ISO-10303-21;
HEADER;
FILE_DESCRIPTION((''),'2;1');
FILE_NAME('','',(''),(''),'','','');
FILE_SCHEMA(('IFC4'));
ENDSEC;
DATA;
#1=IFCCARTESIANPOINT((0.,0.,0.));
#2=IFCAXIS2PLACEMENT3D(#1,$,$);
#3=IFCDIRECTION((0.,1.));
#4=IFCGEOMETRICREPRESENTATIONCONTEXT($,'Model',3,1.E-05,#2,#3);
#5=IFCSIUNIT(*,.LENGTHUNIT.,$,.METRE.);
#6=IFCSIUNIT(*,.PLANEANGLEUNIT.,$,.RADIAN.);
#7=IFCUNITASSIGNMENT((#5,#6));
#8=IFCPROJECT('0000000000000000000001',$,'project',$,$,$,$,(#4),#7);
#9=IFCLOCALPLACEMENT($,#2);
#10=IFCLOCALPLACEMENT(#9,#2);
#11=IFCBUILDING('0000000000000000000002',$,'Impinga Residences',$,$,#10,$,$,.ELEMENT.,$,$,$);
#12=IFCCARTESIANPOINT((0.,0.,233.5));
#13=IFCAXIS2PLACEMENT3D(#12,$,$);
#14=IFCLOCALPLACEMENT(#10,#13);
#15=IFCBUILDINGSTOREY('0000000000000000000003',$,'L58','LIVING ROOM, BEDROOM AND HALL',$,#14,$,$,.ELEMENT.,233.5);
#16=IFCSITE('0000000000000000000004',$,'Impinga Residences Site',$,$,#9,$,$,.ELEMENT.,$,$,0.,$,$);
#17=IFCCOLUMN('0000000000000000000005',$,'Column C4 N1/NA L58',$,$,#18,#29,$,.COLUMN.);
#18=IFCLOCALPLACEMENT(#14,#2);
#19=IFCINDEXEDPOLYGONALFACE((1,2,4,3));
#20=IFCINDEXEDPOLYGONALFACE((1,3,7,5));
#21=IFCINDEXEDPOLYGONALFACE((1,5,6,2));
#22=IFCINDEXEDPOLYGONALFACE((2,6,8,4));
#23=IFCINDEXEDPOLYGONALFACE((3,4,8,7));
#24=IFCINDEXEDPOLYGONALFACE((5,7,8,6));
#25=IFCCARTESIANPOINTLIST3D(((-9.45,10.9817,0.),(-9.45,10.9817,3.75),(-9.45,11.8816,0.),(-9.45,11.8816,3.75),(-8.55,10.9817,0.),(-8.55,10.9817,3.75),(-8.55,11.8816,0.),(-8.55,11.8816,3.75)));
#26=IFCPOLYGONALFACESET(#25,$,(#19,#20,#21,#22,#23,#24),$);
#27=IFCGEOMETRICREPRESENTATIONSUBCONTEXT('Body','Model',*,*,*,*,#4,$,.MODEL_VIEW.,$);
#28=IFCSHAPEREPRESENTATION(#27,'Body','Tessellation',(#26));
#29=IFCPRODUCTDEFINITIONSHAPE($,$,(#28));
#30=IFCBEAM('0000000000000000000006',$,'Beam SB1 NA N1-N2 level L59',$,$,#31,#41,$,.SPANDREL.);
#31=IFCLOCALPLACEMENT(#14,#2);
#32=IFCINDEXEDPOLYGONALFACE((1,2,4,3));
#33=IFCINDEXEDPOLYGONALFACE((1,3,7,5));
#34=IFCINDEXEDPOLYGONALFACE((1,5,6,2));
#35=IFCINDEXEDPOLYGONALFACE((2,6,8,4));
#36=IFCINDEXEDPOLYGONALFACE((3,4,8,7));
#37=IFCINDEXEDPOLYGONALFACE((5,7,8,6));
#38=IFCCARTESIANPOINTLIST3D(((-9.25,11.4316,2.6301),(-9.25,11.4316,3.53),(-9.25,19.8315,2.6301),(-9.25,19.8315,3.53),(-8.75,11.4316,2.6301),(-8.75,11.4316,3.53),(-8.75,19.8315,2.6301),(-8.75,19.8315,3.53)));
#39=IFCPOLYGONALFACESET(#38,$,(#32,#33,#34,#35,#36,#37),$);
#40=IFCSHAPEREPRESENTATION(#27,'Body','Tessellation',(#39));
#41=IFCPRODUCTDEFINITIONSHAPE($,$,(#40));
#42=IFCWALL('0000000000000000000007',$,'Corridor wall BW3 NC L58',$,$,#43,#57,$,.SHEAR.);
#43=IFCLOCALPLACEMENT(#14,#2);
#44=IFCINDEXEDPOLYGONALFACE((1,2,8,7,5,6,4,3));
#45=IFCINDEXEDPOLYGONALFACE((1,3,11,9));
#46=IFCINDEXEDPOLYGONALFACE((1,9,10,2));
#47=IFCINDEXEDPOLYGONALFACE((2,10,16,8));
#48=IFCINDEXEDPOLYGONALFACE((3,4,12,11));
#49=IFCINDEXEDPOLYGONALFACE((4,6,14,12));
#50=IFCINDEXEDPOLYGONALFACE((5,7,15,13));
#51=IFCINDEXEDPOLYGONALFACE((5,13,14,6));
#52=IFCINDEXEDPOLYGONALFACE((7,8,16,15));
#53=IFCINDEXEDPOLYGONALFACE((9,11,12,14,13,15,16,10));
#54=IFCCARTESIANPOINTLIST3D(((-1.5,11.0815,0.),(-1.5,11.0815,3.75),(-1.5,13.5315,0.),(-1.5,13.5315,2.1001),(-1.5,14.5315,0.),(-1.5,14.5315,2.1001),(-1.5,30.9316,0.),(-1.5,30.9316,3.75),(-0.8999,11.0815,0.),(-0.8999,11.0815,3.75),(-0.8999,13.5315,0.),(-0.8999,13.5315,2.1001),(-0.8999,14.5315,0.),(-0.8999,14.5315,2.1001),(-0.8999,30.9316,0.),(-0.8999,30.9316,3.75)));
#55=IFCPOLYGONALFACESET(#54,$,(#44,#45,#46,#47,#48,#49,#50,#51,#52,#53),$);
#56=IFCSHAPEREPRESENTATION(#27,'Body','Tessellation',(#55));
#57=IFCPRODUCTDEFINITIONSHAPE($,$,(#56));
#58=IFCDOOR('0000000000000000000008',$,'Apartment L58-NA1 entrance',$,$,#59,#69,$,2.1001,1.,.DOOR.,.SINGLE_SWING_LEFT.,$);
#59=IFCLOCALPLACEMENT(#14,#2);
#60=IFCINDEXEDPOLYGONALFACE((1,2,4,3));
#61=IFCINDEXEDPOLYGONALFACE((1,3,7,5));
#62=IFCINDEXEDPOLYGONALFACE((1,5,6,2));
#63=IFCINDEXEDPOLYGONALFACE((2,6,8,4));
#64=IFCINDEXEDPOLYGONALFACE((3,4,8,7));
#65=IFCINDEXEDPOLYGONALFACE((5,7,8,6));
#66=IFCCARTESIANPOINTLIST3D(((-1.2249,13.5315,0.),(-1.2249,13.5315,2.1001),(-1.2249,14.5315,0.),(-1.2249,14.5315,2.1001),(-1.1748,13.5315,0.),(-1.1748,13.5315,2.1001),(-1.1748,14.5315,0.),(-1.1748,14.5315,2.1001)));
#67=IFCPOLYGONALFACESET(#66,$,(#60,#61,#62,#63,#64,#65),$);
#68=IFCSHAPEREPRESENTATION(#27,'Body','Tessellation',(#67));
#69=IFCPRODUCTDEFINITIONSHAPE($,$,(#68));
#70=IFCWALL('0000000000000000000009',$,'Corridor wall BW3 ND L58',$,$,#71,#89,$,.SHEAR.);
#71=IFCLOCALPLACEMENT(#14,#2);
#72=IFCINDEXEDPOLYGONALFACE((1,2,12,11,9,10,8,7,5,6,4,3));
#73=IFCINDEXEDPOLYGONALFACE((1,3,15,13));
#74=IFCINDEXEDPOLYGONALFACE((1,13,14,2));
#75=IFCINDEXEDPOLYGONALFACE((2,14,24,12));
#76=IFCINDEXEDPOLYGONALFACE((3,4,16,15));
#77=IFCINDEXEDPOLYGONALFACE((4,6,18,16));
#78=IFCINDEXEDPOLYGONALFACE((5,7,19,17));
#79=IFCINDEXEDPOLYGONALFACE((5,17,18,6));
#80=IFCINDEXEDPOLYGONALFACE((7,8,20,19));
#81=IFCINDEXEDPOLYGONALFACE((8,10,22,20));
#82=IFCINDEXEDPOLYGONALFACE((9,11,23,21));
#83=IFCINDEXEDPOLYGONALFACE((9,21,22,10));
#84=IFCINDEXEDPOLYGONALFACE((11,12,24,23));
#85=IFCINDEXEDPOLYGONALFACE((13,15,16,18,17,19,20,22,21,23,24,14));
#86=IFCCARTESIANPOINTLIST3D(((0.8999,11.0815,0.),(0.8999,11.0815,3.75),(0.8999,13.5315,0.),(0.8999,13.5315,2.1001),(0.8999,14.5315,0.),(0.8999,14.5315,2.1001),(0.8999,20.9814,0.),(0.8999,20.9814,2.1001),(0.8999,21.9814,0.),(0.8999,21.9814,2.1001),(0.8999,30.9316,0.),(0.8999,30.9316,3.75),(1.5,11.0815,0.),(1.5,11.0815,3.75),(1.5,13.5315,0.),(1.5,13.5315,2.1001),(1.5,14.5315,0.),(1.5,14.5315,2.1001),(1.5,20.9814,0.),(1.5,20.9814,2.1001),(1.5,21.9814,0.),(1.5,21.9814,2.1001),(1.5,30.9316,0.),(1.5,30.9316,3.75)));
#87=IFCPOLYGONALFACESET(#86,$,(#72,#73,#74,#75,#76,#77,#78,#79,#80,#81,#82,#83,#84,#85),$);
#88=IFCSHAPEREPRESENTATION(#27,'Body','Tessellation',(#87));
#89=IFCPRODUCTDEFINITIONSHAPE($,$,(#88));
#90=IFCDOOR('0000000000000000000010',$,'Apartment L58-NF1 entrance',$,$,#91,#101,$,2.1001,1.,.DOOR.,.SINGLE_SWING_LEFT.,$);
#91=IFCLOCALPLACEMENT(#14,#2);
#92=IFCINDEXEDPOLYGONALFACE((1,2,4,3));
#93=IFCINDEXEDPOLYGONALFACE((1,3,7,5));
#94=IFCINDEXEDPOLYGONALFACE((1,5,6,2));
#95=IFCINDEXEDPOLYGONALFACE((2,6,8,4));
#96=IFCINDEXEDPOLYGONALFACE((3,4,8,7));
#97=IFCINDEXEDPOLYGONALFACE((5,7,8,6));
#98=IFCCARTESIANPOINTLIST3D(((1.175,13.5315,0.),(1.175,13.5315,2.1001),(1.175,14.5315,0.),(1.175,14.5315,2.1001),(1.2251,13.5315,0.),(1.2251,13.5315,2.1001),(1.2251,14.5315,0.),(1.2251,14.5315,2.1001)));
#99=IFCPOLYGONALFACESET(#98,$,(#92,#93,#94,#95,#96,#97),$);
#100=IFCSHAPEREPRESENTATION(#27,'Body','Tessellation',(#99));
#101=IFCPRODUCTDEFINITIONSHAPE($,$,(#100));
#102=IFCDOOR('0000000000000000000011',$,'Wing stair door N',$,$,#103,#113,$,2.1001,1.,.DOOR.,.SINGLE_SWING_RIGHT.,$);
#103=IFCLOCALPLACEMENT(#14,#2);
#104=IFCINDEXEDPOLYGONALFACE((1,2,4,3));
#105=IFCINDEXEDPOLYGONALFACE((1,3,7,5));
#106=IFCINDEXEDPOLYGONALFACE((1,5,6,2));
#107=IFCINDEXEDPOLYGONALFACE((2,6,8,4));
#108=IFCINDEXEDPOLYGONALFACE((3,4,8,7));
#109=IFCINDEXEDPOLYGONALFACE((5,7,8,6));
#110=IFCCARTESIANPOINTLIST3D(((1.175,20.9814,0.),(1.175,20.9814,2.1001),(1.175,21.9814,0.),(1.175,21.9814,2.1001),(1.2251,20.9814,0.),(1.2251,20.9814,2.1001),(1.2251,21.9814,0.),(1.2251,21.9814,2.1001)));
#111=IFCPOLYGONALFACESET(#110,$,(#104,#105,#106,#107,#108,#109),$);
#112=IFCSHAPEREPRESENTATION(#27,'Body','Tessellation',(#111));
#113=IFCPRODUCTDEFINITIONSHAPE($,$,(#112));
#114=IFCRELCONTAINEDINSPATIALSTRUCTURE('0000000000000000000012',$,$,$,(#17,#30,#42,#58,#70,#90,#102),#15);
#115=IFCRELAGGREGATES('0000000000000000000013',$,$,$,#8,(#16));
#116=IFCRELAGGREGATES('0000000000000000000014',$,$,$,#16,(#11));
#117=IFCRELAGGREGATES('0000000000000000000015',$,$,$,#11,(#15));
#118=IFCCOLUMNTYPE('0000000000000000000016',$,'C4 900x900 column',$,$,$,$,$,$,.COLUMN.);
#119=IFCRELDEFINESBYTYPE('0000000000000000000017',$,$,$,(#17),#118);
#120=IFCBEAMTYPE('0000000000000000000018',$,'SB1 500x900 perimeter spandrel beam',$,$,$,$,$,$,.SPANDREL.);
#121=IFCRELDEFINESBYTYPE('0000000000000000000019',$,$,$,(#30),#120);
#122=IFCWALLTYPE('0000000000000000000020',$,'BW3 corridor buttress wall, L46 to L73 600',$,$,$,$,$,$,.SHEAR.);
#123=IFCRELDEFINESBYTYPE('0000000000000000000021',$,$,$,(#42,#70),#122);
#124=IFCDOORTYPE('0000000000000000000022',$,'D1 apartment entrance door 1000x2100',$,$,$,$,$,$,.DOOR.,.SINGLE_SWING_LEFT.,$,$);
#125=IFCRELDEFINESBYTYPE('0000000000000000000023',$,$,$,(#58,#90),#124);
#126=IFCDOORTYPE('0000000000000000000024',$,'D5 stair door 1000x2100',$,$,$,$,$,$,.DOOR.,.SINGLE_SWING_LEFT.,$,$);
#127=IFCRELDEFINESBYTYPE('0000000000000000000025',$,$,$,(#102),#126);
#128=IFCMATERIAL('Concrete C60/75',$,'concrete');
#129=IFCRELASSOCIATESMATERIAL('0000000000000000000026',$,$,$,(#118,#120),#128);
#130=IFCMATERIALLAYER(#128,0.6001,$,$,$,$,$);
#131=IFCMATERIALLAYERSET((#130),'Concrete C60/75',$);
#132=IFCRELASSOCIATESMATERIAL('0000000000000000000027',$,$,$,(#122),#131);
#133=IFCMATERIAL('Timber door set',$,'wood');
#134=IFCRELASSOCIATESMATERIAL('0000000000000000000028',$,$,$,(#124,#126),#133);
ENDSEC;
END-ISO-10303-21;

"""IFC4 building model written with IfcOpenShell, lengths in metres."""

from ifc_helpers import new_model, si_unit, direction, frame, frame_2d, origin, origin_2d, place, context, subcontext, project, spatial, rectangle, extrude, material, layer, layer_set, material_profile, profile_set, type_object, element, fill, save


model = new_model("IFC4")

# Units and contexts
model_context = context("Model", 3, precision=1e-05, world=origin(), true_north=direction((0.0, 1.0)))
body_context = subcontext(model_context, "Body", "Model", "MODEL_VIEW")
ifc_project = project(units=[si_unit("LENGTHUNIT", "METRE"), si_unit("PLANEANGLEUNIT", "RADIAN")], contexts=[model_context])

# Site, building, storey
site_placement = place(None, origin())
site = spatial("IfcSite", under=ifc_project, at=site_placement, Name="Impinga Residences Site", CompositionType="ELEMENT", RefElevation=0.0)
building_placement = place(site_placement, origin())
building = spatial("IfcBuilding", under=site, at=building_placement, Name="Impinga Residences", CompositionType="ELEMENT")
storey_placement = place(building_placement, frame((0.0, 0.0, 233.5)))
storey = spatial("IfcBuildingStorey", under=building, at=storey_placement, Name="L58", Description="LIVING ROOM, BEDROOM AND HALL", CompositionType="ELEMENT", Elevation=233.5)

# Column
ifc_material_1 = material(Name="Concrete C60/75", Category="concrete")
ifc_material_profile_1 = material_profile(ifc_material_1, rectangle(XDim=0.8999, YDim=0.8999, at=origin_2d()), Name="RC 900x900")
ifc_profile_set_1 = profile_set([ifc_material_profile_1], Name="Concrete C60/75")
column_type = type_object("IfcColumnType", Name="C4 900x900 column", PredefinedType="COLUMN", material=ifc_profile_set_1)
column_placement = place(storey_placement, frame((-9.0, 11.4316, 0.0), z_axis=(0.0, 0.0, 1.0), x_axis=(1.0, 0.0, 0.0)))
element("IfcColumn", 1, at=column_placement, inside=storey, type_object=column_type, Name="Column C4 N1/NA L58", PredefinedType="COLUMN", context=body_context, shape_type="SweptSolid", body=[
    extrude(rectangle(XDim=0.8999, YDim=0.8999, at=origin_2d()), origin(), (0.0, 0.0, 1.0), 3.75),
])

# Beam
ifc_material_profile_2 = material_profile(ifc_material_1, rectangle(XDim=0.5, YDim=0.8999, at=origin_2d()), Name="RC 500x900")
ifc_profile_set_2 = profile_set([ifc_material_profile_2], Name="Concrete C60/75")
beam_type = type_object("IfcBeamType", Name="SB1 500x900 perimeter spandrel beam", PredefinedType="SPANDREL", material=ifc_profile_set_2)
beam_placement = place(storey_placement, frame((-9.0, 11.4316, 3.0801), z_axis=(0.0, 1.0, 0.0), x_axis=(-1.0, 0.0, 0.0)))
element("IfcBeam", 2, at=beam_placement, inside=storey, type_object=beam_type, Name="Beam SB1 NA N1-N2 level L59", PredefinedType="SPANDREL", context=body_context, shape_type="SweptSolid", body=[
    extrude(rectangle(XDim=0.5, YDim=0.8999, at=origin_2d()), origin(), (0.0, 0.0, 1.0), 8.3999),
])

# Wall, opening, door
ifc_layer_1 = layer(ifc_material_1, 0.6001)
ifc_layer_set_1 = layer_set([ifc_layer_1], Name="Concrete C60/75")
wall_type_1 = type_object("IfcWallType", Name="BW3 corridor buttress wall, L46 to L73 600", PredefinedType="SHEAR", material=ifc_layer_set_1)
wall_1_placement = place(storey_placement, frame((-1.2, 11.0815, 0.0), z_axis=(0.0, 0.0, 1.0), x_axis=(0.0, 1.0, 0.0)))
wall_1 = element("IfcWall", 3, at=wall_1_placement, inside=storey, type_object=wall_type_1, Name="Corridor wall BW3 NC L58", PredefinedType="SHEAR", context=body_context, shape_type="SweptSolid", body=[
    extrude(rectangle(XDim=19.8501, YDim=0.6001, at=frame_2d((9.925, 0.0))), origin(), (0.0, 0.0, 1.0), 3.75),
])
opening_1_placement = place(wall_1_placement, frame((2.45, 0.0, 0.0)))
opening_1 = element("IfcOpeningElement", 4, at=opening_1_placement, cuts=wall_1, PredefinedType="OPENING", context=body_context, shape_type="SweptSolid", body=[
    extrude(rectangle(XDim=1.0, YDim=2.1001, at=frame_2d((0.5, 1.05))), frame((0.0, 0.3101, 0.0), z_axis=(0.0, -1.0, 0.0), x_axis=(1.0, 0.0, 0.0)), (0.0, 0.0, 1.0), 0.6201),
])
ifc_material_2 = material(Name="Timber door set", Category="wood")
door_type_1 = type_object("IfcDoorType", Name="D1 apartment entrance door 1000x2100", OperationType="SINGLE_SWING_LEFT", PredefinedType="DOOR", material=ifc_material_2)
door_1_placement = place(opening_1_placement, origin())
door_1 = element("IfcDoor", 5, at=door_1_placement, inside=storey, type_object=door_type_1, Name="Apartment L58-NA1 entrance", OperationType="SINGLE_SWING_LEFT", OverallHeight=2.1001, OverallWidth=1.0, PredefinedType="DOOR", context=body_context, shape_type="SweptSolid", body=[
    extrude(rectangle(XDim=1.0, YDim=2.1001, at=frame_2d((0.5, 1.05))), frame((0.0, 0.0249, 0.0), z_axis=(0.0, -1.0, 0.0), x_axis=(1.0, 0.0, 0.0)), (0.0, 0.0, 1.0), 0.05),
])
fill(opening_1, door_1)

# Wall, openings, doors
wall_2_placement = place(storey_placement, frame((1.2, 11.0815, 0.0), z_axis=(0.0, 0.0, 1.0), x_axis=(0.0, 1.0, 0.0)))
wall_2 = element("IfcWall", 6, at=wall_2_placement, inside=storey, type_object=wall_type_1, Name="Corridor wall BW3 ND L58", PredefinedType="SHEAR", context=body_context, shape_type="SweptSolid", body=[
    extrude(rectangle(XDim=19.8501, YDim=0.6001, at=frame_2d((9.925, 0.0))), origin(), (0.0, 0.0, 1.0), 3.75),
])
opening_2_placement = place(wall_2_placement, frame((9.8999, 0.0, 0.0)))
opening_2 = element("IfcOpeningElement", 7, at=opening_2_placement, cuts=wall_2, PredefinedType="OPENING", context=body_context, shape_type="SweptSolid", body=[
    extrude(rectangle(XDim=1.0, YDim=2.1001, at=frame_2d((0.5, 1.05))), frame((0.0, 0.3101, 0.0), z_axis=(0.0, -1.0, 0.0), x_axis=(1.0, 0.0, 0.0)), (0.0, 0.0, 1.0), 0.6201),
])
opening_3_placement = place(wall_2_placement, frame((2.45, 0.0, 0.0)))
opening_3 = element("IfcOpeningElement", 8, at=opening_3_placement, cuts=wall_2, PredefinedType="OPENING", context=body_context, shape_type="SweptSolid", body=[
    extrude(rectangle(XDim=1.0, YDim=2.1001, at=frame_2d((0.5, 1.05))), frame((0.0, 0.3101, 0.0), z_axis=(0.0, -1.0, 0.0), x_axis=(1.0, 0.0, 0.0)), (0.0, 0.0, 1.0), 0.6201),
])
door_2_placement = place(opening_3_placement, origin())
door_2 = element("IfcDoor", 9, at=door_2_placement, inside=storey, type_object=door_type_1, Name="Apartment L58-NF1 entrance", OperationType="SINGLE_SWING_LEFT", OverallHeight=2.1001, OverallWidth=1.0, PredefinedType="DOOR", context=body_context, shape_type="SweptSolid", body=[
    extrude(rectangle(XDim=1.0, YDim=2.1001, at=frame_2d((0.5, 1.05))), frame((0.0, 0.0249, 0.0), z_axis=(0.0, -1.0, 0.0), x_axis=(1.0, 0.0, 0.0)), (0.0, 0.0, 1.0), 0.05),
])
fill(opening_3, door_2)
door_type_2 = type_object("IfcDoorType", Name="D5 stair door 1000x2100", OperationType="SINGLE_SWING_LEFT", PredefinedType="DOOR", material=ifc_material_2)
door_3_placement = place(opening_2_placement, origin())
door_3 = element("IfcDoor", 10, at=door_3_placement, inside=storey, type_object=door_type_2, Name="Wing stair door N", OperationType="SINGLE_SWING_RIGHT", OverallHeight=2.1001, OverallWidth=1.0, PredefinedType="DOOR", context=body_context, shape_type="SweptSolid", body=[
    extrude(rectangle(XDim=1.0, YDim=2.1001, at=frame_2d((0.5, 1.05))), frame((0.0, 0.0249, 0.0), z_axis=(0.0, -1.0, 0.0), x_axis=(1.0, 0.0, 0.0)), (0.0, 0.0, 1.0), 0.05),
])
fill(opening_2, door_3)

save(model, "model.ifc")
